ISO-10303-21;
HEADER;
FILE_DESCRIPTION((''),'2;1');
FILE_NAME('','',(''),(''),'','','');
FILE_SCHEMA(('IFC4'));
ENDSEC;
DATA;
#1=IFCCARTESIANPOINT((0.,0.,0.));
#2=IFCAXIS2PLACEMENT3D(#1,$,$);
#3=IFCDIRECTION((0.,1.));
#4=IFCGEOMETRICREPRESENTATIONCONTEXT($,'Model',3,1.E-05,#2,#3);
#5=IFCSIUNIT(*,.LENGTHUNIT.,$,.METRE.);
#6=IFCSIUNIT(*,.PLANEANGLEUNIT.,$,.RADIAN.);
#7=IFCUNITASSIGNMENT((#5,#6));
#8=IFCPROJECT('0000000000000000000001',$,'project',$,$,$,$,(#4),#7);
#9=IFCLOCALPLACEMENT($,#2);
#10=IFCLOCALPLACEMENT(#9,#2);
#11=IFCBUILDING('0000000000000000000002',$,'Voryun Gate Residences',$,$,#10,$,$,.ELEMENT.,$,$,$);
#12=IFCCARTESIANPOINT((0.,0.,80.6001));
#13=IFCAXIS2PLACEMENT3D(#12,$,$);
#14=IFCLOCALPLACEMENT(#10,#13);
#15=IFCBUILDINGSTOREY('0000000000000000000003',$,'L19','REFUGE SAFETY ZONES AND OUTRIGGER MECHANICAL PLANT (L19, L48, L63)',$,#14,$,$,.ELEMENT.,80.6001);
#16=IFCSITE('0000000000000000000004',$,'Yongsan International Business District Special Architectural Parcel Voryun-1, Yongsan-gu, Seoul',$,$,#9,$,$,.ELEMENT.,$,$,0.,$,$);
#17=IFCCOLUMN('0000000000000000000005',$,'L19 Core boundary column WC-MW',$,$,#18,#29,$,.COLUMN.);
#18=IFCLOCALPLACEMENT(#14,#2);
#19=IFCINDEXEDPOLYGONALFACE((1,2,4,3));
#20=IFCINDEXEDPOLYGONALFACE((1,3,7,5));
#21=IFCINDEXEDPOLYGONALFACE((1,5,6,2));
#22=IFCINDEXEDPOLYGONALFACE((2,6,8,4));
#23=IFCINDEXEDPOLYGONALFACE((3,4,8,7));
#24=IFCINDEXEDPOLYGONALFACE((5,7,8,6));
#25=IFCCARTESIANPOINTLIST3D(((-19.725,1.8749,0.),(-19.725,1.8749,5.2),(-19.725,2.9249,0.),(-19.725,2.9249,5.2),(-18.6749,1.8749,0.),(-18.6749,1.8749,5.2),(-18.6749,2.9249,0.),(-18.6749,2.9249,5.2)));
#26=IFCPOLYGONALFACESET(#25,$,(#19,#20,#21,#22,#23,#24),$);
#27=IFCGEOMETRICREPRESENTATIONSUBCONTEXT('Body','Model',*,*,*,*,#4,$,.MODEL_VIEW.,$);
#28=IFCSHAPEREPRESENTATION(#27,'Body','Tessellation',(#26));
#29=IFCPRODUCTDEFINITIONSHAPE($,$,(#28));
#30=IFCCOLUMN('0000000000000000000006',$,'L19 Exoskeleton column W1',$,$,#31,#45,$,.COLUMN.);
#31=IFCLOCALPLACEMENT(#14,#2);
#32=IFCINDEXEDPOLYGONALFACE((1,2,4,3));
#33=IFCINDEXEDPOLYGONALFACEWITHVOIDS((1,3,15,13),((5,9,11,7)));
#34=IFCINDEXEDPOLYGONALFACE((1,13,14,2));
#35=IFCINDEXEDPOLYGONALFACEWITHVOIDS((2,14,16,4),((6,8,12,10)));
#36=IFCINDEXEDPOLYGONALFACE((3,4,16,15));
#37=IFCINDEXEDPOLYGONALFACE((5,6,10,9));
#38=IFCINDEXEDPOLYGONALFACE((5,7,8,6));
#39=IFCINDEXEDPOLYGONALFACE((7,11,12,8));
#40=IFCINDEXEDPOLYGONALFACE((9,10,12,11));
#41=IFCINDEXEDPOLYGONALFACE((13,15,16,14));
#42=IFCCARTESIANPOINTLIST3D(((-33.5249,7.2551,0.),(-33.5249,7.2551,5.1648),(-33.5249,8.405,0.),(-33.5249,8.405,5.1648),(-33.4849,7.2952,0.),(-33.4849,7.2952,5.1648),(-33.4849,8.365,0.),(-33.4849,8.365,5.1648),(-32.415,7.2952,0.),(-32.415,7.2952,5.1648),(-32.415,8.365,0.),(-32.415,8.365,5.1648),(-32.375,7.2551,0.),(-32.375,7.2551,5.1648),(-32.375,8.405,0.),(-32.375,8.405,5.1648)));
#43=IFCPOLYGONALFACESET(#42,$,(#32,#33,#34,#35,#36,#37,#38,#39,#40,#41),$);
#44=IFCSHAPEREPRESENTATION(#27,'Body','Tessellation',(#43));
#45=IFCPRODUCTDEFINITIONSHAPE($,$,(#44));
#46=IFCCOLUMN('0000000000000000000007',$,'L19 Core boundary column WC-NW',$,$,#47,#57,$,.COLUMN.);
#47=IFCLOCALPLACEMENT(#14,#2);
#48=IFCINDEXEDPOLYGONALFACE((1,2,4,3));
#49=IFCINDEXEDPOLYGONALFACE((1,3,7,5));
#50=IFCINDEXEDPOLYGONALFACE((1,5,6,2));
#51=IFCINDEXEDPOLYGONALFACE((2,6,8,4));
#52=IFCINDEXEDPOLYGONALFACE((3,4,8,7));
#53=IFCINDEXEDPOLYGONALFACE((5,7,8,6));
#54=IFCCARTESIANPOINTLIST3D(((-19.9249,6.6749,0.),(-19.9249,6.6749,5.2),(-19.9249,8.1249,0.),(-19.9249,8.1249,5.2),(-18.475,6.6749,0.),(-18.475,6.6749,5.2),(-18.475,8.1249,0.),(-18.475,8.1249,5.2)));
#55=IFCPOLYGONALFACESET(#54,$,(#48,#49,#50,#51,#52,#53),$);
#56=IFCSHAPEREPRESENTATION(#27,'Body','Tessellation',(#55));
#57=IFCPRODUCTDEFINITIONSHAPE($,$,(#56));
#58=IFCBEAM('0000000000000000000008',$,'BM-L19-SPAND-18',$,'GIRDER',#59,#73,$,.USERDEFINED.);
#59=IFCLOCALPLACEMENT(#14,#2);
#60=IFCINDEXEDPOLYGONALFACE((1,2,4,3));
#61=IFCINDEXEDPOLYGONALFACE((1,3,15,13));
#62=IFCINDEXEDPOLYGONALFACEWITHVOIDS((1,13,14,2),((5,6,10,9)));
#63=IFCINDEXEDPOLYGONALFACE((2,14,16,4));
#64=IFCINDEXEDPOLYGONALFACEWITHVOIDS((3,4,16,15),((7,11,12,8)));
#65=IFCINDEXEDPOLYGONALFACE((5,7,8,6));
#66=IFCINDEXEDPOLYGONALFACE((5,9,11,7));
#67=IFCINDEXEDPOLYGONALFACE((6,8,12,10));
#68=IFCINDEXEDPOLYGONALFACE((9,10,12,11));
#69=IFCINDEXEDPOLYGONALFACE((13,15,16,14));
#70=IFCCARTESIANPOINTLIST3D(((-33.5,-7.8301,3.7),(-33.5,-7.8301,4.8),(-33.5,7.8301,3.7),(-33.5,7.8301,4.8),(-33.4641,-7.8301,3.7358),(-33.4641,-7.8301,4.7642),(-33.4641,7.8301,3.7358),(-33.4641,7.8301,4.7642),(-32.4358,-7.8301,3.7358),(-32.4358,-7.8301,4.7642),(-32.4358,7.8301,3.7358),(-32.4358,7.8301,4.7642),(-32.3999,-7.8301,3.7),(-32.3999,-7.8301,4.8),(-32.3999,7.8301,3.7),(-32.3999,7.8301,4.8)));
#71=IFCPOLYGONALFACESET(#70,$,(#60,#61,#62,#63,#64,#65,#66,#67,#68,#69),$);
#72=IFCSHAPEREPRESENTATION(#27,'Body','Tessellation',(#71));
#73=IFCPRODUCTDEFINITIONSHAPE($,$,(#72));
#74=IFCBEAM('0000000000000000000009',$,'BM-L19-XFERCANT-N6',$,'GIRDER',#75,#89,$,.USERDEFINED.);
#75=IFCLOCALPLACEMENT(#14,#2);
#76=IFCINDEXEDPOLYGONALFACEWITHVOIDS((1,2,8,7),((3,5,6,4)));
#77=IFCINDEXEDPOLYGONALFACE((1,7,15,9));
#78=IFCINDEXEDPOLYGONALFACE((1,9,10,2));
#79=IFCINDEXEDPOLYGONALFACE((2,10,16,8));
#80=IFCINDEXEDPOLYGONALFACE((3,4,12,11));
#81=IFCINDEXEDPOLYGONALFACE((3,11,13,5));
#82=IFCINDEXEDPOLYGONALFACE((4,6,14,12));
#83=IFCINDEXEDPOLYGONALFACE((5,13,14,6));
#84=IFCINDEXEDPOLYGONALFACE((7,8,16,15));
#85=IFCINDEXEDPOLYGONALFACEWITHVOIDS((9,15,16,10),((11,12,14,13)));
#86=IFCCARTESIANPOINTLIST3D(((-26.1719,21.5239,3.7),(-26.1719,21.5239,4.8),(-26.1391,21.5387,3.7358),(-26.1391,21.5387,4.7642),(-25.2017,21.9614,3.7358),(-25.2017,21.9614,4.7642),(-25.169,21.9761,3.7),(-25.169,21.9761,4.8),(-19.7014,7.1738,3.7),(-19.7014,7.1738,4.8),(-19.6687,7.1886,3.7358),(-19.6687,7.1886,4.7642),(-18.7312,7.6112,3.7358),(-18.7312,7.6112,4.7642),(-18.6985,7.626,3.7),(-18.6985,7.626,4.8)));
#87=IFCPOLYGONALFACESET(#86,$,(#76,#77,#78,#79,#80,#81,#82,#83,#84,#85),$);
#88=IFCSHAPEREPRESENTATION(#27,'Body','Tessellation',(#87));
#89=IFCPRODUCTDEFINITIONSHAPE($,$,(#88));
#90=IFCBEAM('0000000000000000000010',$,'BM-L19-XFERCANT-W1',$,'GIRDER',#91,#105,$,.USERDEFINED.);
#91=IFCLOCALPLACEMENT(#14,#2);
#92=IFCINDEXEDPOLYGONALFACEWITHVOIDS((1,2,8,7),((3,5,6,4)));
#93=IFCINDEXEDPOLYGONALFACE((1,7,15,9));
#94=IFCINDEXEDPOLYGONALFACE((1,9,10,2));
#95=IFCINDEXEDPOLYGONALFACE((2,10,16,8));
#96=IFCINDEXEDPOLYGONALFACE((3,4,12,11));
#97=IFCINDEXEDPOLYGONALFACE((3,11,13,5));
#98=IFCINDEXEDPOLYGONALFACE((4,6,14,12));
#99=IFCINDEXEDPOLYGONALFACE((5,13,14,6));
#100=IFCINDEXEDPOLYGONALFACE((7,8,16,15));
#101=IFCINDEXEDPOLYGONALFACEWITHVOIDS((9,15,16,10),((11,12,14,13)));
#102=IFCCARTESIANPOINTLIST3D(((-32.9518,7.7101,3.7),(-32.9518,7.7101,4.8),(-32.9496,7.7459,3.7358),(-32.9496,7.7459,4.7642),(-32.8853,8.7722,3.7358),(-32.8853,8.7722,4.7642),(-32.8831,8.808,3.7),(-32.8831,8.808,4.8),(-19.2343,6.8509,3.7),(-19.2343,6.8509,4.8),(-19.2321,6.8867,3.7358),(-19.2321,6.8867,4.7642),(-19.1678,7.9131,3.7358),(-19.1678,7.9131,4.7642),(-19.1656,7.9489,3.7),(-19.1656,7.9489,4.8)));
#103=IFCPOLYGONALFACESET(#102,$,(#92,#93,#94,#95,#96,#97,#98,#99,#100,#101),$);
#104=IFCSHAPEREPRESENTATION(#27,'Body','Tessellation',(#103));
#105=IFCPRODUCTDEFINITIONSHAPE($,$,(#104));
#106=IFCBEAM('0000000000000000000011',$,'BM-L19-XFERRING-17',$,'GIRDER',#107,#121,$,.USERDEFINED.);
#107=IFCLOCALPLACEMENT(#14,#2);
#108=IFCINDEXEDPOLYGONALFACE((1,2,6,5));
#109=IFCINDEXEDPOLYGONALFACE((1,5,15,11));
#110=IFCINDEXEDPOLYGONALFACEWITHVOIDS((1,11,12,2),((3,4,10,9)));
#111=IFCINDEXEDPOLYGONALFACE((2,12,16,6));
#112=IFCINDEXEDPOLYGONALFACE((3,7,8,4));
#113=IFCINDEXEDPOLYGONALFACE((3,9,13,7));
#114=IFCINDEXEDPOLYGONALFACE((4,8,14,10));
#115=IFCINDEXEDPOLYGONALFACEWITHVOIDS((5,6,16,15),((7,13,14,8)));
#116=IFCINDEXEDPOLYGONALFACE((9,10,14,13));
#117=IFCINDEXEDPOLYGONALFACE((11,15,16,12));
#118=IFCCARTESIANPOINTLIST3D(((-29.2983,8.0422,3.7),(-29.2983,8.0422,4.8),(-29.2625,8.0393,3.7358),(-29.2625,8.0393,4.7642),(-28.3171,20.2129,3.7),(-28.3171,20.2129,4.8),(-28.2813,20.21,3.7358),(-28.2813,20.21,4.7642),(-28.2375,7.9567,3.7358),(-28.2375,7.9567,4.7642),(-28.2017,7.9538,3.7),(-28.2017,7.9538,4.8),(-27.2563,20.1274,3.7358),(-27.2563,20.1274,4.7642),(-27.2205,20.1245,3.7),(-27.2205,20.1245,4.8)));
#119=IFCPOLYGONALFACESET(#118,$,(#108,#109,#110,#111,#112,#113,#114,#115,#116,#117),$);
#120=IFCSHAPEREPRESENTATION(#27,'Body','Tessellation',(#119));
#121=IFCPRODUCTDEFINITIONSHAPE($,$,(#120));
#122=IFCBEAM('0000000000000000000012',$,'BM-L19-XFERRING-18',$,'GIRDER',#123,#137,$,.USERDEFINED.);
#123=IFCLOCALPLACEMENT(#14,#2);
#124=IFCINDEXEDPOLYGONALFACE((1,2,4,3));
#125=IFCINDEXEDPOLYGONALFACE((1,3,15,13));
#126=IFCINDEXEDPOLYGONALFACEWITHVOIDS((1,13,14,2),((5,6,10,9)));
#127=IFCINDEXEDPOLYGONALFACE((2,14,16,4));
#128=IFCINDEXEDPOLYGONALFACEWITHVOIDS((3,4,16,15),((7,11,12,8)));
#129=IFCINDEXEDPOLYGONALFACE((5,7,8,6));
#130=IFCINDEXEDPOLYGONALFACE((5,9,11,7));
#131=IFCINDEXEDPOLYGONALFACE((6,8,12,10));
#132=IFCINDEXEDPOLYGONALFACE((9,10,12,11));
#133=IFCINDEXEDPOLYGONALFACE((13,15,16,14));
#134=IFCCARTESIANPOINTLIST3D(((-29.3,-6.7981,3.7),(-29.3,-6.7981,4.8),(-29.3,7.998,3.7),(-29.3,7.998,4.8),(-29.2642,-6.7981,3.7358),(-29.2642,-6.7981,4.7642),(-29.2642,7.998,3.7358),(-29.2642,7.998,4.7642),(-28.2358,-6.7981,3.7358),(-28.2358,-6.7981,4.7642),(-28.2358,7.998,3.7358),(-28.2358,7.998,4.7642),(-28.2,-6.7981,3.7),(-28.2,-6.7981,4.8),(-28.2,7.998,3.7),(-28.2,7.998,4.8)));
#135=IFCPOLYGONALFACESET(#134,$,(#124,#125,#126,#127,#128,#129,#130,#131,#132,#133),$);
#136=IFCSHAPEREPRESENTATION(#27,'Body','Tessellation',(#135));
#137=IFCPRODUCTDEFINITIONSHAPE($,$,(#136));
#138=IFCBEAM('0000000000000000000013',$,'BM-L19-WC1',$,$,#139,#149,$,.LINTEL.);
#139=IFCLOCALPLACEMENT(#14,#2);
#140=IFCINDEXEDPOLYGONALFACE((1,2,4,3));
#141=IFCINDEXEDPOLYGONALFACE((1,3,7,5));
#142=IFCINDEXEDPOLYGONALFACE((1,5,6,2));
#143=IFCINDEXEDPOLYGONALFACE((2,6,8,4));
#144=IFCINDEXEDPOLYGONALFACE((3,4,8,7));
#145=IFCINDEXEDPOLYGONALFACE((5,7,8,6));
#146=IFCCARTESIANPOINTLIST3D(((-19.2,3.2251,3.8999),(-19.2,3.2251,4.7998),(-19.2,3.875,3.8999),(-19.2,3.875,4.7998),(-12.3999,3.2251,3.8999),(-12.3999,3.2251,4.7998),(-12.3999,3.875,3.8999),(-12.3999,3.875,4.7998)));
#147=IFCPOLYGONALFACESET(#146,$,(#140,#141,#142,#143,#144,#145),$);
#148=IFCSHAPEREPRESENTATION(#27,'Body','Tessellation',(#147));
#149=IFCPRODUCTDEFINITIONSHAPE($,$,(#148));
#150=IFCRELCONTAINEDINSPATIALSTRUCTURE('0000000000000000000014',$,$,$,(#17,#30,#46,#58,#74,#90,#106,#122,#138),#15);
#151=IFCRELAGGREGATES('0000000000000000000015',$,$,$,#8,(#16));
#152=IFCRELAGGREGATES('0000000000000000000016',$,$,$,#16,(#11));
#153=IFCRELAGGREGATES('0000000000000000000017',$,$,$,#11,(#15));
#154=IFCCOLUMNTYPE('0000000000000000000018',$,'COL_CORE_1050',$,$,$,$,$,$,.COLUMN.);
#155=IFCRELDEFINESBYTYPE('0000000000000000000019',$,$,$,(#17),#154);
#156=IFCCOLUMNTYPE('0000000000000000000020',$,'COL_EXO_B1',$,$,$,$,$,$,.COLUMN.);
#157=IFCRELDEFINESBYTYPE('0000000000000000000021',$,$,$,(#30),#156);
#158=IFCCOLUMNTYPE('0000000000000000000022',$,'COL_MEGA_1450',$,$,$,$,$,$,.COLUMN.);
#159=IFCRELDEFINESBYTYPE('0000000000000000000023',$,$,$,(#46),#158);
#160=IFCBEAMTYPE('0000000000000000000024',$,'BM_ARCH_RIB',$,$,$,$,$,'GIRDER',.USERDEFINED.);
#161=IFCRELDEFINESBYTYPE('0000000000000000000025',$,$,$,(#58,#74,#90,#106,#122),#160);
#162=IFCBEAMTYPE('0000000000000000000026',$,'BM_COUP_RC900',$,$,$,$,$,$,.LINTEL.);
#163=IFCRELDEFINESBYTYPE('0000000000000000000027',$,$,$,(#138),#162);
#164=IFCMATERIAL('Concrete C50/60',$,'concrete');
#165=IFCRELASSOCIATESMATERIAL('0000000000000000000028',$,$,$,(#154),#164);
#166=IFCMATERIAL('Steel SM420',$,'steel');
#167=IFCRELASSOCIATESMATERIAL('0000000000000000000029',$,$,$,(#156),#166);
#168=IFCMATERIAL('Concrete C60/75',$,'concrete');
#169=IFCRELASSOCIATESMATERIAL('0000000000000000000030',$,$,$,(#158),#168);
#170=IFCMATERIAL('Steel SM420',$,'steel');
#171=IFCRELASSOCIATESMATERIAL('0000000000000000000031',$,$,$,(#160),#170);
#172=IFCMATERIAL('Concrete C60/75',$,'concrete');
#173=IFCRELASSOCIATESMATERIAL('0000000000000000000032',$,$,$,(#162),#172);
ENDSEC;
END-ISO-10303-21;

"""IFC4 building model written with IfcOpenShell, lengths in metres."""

from ifc_helpers import new_model, si_unit, direction, frame, origin, origin_2d, place, context, subcontext, project, spatial, rectangle, hollow_rectangle, extrude, material, material_profile, profile_set, type_object, element, save


model = new_model("IFC4")

# Units and contexts
model_context = context("Model", 3, precision=1e-05, world=origin(), true_north=direction((0.0, 1.0)))
body_context = subcontext(model_context, "Body", "Model", "MODEL_VIEW")
ifc_project = project(units=[si_unit("LENGTHUNIT", "METRE"), si_unit("PLANEANGLEUNIT", "RADIAN")], contexts=[model_context])

# Site, building, storey
site_placement = place(None, origin())
site = spatial("IfcSite", under=ifc_project, at=site_placement, Name="Yongsan International Business District Special Architectural Parcel Voryun-1, Yongsan-gu, Seoul", CompositionType="ELEMENT", RefElevation=0.0)
building_placement = place(site_placement, origin())
building = spatial("IfcBuilding", under=site, at=building_placement, Name="Voryun Gate Residences", CompositionType="ELEMENT")
storey_placement = place(building_placement, frame((0.0, 0.0, 80.6001)))
storey = spatial("IfcBuildingStorey", under=building, at=storey_placement, Name="L19", Description="REFUGE SAFETY ZONES AND OUTRIGGER MECHANICAL PLANT (L19, L48, L63)", CompositionType="ELEMENT", Elevation=80.6001)

# Columns
ifc_material_1 = material(Name="Concrete C50/60", Category="concrete")
ifc_material_profile_1 = material_profile(ifc_material_1, rectangle(XDim=1.05, YDim=1.05, at=origin_2d()), Name="RC-1050x1050")
ifc_profile_set_1 = profile_set([ifc_material_profile_1], Name="Concrete C50/60")
column_type_1 = type_object("IfcColumnType", Name="COL_CORE_1050", PredefinedType="COLUMN", material=ifc_profile_set_1)
column_1_placement = place(storey_placement, frame((-19.2, 2.3999, 0.0), z_axis=(0.0, 0.0, 1.0), x_axis=(1.0, 0.0, 0.0)))
element("IfcColumn", 1, at=column_1_placement, inside=storey, type_object=column_type_1, Name="L19 Core boundary column WC-MW", PredefinedType="COLUMN", context=body_context, shape_type="SweptSolid", body=[
    extrude(rectangle(XDim=1.05, YDim=1.05, at=origin_2d()), origin(), (0.0, 0.0, 1.0), 5.2),
])
ifc_material_2 = material(Name="Steel SM420", Category="steel")
ifc_material_profile_2 = material_profile(ifc_material_2, hollow_rectangle(XDim=1.1499, YDim=1.1499, WallThickness=0.04, at=origin_2d()), Name="BOX-1150x1150x40")
ifc_profile_set_2 = profile_set([ifc_material_profile_2], Name="Steel SM420")
column_type_2 = type_object("IfcColumnType", Name="COL_EXO_B1", PredefinedType="COLUMN", material=ifc_profile_set_2)
column_2_placement = place(storey_placement, frame((-32.95, 7.8301, 0.0), z_axis=(0.0, 0.0, 1.0), x_axis=(1.0, 0.0, 0.0)))
element("IfcColumn", 2, at=column_2_placement, inside=storey, type_object=column_type_2, Name="L19 Exoskeleton column W1", PredefinedType="COLUMN", context=body_context, shape_type="SweptSolid", body=[
    extrude(hollow_rectangle(XDim=1.1499, YDim=1.1499, WallThickness=0.04, at=origin_2d()), origin(), (0.0, 0.0, 1.0), 5.1648),
])
ifc_material_3 = material(Name="Concrete C60/75", Category="concrete")
ifc_material_profile_3 = material_profile(ifc_material_3, rectangle(XDim=1.45, YDim=1.45, at=origin_2d()), Name="RC-1450x1450")
ifc_profile_set_3 = profile_set([ifc_material_profile_3], Name="Concrete C60/75")
column_type_3 = type_object("IfcColumnType", Name="COL_MEGA_1450", PredefinedType="COLUMN", material=ifc_profile_set_3)
column_3_placement = place(storey_placement, frame((-19.2, 7.3999, 0.0), z_axis=(0.0, 0.0, 1.0), x_axis=(1.0, 0.0, 0.0)))
element("IfcColumn", 3, at=column_3_placement, inside=storey, type_object=column_type_3, Name="L19 Core boundary column WC-NW", PredefinedType="COLUMN", context=body_context, shape_type="SweptSolid", body=[
    extrude(rectangle(XDim=1.45, YDim=1.45, at=origin_2d()), origin(), (0.0, 0.0, 1.0), 5.2),
])

# Beams
ifc_material_4 = material(Name="Steel SM420", Category="steel")
ifc_material_profile_4 = material_profile(ifc_material_4, hollow_rectangle(XDim=1.1001, YDim=1.1001, WallThickness=0.0359, at=origin_2d()), Name="BOX-1100x1100x36")
ifc_profile_set_4 = profile_set([ifc_material_profile_4], Name="Steel SM420")
beam_type_1 = type_object("IfcBeamType", Name="BM_ARCH_RIB", ElementType="GIRDER", PredefinedType="USERDEFINED", material=ifc_profile_set_4)
beam_1_placement = place(storey_placement, frame((-32.95, 7.8301, 4.25), z_axis=(0.0, -1.0, 0.0), x_axis=(1.0, 0.0, 0.0)))
element("IfcBeam", 4, at=beam_1_placement, inside=storey, type_object=beam_type_1, Name="BM-L19-SPAND-18", ObjectType="GIRDER", PredefinedType="USERDEFINED", context=body_context, shape_type="SweptSolid", body=[
    extrude(hollow_rectangle(XDim=1.1001, YDim=1.1001, WallThickness=0.0359, at=origin_2d()), origin(), (0.0, 0.0, 1.0), 15.6602),
])
beam_2_placement = place(storey_placement, frame((-19.2, 7.3999, 4.25), z_axis=(-0.411047, 0.911614, 0.0), x_axis=(-0.911614, -0.411047, 0.0)))
element("IfcBeam", 5, at=beam_2_placement, inside=storey, type_object=beam_type_1, Name="BM-L19-XFERCANT-N6", ObjectType="GIRDER", PredefinedType="USERDEFINED", context=body_context, shape_type="SweptSolid", body=[
    extrude(hollow_rectangle(XDim=1.1001, YDim=1.1001, WallThickness=0.0359, at=origin_2d()), origin(), (0.0, 0.0, 1.0), 15.7415),
])
beam_3_placement = place(storey_placement, frame((-19.2, 7.3999, 4.25), z_axis=(-0.998044, 0.062508, 0.0), x_axis=(-0.062508, -0.998044, 0.0)))
element("IfcBeam", 6, at=beam_3_placement, inside=storey, type_object=beam_type_1, Name="BM-L19-XFERCANT-W1", ObjectType="GIRDER", PredefinedType="USERDEFINED", context=body_context, shape_type="SweptSolid", body=[
    extrude(hollow_rectangle(XDim=1.1001, YDim=1.1001, WallThickness=0.0359, at=origin_2d()), origin(), (0.0, 0.0, 1.0), 13.7444),
])
beam_4_placement = place(storey_placement, frame((-27.7688, 20.1687, 4.25), z_axis=(-0.08036, -0.996766, 0.0), x_axis=(0.996766, -0.08036, 0.0)))
element("IfcBeam", 7, at=beam_4_placement, inside=storey, type_object=beam_type_1, Name="BM-L19-XFERRING-17", ObjectType="GIRDER", PredefinedType="USERDEFINED", context=body_context, shape_type="SweptSolid", body=[
    extrude(hollow_rectangle(XDim=1.1001, YDim=1.1001, WallThickness=0.0359, at=origin_2d()), origin(), (0.0, 0.0, 1.0), 12.2102),
])
beam_5_placement = place(storey_placement, frame((-28.75, 7.998, 4.25), z_axis=(0.0, -1.0, 0.0), x_axis=(1.0, 0.0, 0.0)))
element("IfcBeam", 8, at=beam_5_placement, inside=storey, type_object=beam_type_1, Name="BM-L19-XFERRING-18", ObjectType="GIRDER", PredefinedType="USERDEFINED", context=body_context, shape_type="SweptSolid", body=[
    extrude(hollow_rectangle(XDim=1.1001, YDim=1.1001, WallThickness=0.0359, at=origin_2d()), origin(), (0.0, 0.0, 1.0), 14.7961),
])
ifc_material_5 = material(Name="Concrete C60/75", Category="concrete")
ifc_material_profile_5 = material_profile(ifc_material_5, rectangle(XDim=0.6499, YDim=0.8999, at=origin_2d()), Name="RC-650x900")
ifc_profile_set_5 = profile_set([ifc_material_profile_5], Name="Concrete C60/75")
beam_type_2 = type_object("IfcBeamType", Name="BM_COUP_RC900", PredefinedType="LINTEL", material=ifc_profile_set_5)
beam_6_placement = place(storey_placement, frame((-19.2, 3.55, 4.3499), z_axis=(1.0, 0.0, 0.0), x_axis=(0.0, 1.0, 0.0)))
element("IfcBeam", 9, at=beam_6_placement, inside=storey, type_object=beam_type_2, Name="BM-L19-WC1", PredefinedType="LINTEL", context=body_context, shape_type="SweptSolid", body=[
    extrude(rectangle(XDim=0.6499, YDim=0.8999, at=origin_2d()), origin(), (0.0, 0.0, 1.0), 6.8),
])

save(model, "model.ifc")
